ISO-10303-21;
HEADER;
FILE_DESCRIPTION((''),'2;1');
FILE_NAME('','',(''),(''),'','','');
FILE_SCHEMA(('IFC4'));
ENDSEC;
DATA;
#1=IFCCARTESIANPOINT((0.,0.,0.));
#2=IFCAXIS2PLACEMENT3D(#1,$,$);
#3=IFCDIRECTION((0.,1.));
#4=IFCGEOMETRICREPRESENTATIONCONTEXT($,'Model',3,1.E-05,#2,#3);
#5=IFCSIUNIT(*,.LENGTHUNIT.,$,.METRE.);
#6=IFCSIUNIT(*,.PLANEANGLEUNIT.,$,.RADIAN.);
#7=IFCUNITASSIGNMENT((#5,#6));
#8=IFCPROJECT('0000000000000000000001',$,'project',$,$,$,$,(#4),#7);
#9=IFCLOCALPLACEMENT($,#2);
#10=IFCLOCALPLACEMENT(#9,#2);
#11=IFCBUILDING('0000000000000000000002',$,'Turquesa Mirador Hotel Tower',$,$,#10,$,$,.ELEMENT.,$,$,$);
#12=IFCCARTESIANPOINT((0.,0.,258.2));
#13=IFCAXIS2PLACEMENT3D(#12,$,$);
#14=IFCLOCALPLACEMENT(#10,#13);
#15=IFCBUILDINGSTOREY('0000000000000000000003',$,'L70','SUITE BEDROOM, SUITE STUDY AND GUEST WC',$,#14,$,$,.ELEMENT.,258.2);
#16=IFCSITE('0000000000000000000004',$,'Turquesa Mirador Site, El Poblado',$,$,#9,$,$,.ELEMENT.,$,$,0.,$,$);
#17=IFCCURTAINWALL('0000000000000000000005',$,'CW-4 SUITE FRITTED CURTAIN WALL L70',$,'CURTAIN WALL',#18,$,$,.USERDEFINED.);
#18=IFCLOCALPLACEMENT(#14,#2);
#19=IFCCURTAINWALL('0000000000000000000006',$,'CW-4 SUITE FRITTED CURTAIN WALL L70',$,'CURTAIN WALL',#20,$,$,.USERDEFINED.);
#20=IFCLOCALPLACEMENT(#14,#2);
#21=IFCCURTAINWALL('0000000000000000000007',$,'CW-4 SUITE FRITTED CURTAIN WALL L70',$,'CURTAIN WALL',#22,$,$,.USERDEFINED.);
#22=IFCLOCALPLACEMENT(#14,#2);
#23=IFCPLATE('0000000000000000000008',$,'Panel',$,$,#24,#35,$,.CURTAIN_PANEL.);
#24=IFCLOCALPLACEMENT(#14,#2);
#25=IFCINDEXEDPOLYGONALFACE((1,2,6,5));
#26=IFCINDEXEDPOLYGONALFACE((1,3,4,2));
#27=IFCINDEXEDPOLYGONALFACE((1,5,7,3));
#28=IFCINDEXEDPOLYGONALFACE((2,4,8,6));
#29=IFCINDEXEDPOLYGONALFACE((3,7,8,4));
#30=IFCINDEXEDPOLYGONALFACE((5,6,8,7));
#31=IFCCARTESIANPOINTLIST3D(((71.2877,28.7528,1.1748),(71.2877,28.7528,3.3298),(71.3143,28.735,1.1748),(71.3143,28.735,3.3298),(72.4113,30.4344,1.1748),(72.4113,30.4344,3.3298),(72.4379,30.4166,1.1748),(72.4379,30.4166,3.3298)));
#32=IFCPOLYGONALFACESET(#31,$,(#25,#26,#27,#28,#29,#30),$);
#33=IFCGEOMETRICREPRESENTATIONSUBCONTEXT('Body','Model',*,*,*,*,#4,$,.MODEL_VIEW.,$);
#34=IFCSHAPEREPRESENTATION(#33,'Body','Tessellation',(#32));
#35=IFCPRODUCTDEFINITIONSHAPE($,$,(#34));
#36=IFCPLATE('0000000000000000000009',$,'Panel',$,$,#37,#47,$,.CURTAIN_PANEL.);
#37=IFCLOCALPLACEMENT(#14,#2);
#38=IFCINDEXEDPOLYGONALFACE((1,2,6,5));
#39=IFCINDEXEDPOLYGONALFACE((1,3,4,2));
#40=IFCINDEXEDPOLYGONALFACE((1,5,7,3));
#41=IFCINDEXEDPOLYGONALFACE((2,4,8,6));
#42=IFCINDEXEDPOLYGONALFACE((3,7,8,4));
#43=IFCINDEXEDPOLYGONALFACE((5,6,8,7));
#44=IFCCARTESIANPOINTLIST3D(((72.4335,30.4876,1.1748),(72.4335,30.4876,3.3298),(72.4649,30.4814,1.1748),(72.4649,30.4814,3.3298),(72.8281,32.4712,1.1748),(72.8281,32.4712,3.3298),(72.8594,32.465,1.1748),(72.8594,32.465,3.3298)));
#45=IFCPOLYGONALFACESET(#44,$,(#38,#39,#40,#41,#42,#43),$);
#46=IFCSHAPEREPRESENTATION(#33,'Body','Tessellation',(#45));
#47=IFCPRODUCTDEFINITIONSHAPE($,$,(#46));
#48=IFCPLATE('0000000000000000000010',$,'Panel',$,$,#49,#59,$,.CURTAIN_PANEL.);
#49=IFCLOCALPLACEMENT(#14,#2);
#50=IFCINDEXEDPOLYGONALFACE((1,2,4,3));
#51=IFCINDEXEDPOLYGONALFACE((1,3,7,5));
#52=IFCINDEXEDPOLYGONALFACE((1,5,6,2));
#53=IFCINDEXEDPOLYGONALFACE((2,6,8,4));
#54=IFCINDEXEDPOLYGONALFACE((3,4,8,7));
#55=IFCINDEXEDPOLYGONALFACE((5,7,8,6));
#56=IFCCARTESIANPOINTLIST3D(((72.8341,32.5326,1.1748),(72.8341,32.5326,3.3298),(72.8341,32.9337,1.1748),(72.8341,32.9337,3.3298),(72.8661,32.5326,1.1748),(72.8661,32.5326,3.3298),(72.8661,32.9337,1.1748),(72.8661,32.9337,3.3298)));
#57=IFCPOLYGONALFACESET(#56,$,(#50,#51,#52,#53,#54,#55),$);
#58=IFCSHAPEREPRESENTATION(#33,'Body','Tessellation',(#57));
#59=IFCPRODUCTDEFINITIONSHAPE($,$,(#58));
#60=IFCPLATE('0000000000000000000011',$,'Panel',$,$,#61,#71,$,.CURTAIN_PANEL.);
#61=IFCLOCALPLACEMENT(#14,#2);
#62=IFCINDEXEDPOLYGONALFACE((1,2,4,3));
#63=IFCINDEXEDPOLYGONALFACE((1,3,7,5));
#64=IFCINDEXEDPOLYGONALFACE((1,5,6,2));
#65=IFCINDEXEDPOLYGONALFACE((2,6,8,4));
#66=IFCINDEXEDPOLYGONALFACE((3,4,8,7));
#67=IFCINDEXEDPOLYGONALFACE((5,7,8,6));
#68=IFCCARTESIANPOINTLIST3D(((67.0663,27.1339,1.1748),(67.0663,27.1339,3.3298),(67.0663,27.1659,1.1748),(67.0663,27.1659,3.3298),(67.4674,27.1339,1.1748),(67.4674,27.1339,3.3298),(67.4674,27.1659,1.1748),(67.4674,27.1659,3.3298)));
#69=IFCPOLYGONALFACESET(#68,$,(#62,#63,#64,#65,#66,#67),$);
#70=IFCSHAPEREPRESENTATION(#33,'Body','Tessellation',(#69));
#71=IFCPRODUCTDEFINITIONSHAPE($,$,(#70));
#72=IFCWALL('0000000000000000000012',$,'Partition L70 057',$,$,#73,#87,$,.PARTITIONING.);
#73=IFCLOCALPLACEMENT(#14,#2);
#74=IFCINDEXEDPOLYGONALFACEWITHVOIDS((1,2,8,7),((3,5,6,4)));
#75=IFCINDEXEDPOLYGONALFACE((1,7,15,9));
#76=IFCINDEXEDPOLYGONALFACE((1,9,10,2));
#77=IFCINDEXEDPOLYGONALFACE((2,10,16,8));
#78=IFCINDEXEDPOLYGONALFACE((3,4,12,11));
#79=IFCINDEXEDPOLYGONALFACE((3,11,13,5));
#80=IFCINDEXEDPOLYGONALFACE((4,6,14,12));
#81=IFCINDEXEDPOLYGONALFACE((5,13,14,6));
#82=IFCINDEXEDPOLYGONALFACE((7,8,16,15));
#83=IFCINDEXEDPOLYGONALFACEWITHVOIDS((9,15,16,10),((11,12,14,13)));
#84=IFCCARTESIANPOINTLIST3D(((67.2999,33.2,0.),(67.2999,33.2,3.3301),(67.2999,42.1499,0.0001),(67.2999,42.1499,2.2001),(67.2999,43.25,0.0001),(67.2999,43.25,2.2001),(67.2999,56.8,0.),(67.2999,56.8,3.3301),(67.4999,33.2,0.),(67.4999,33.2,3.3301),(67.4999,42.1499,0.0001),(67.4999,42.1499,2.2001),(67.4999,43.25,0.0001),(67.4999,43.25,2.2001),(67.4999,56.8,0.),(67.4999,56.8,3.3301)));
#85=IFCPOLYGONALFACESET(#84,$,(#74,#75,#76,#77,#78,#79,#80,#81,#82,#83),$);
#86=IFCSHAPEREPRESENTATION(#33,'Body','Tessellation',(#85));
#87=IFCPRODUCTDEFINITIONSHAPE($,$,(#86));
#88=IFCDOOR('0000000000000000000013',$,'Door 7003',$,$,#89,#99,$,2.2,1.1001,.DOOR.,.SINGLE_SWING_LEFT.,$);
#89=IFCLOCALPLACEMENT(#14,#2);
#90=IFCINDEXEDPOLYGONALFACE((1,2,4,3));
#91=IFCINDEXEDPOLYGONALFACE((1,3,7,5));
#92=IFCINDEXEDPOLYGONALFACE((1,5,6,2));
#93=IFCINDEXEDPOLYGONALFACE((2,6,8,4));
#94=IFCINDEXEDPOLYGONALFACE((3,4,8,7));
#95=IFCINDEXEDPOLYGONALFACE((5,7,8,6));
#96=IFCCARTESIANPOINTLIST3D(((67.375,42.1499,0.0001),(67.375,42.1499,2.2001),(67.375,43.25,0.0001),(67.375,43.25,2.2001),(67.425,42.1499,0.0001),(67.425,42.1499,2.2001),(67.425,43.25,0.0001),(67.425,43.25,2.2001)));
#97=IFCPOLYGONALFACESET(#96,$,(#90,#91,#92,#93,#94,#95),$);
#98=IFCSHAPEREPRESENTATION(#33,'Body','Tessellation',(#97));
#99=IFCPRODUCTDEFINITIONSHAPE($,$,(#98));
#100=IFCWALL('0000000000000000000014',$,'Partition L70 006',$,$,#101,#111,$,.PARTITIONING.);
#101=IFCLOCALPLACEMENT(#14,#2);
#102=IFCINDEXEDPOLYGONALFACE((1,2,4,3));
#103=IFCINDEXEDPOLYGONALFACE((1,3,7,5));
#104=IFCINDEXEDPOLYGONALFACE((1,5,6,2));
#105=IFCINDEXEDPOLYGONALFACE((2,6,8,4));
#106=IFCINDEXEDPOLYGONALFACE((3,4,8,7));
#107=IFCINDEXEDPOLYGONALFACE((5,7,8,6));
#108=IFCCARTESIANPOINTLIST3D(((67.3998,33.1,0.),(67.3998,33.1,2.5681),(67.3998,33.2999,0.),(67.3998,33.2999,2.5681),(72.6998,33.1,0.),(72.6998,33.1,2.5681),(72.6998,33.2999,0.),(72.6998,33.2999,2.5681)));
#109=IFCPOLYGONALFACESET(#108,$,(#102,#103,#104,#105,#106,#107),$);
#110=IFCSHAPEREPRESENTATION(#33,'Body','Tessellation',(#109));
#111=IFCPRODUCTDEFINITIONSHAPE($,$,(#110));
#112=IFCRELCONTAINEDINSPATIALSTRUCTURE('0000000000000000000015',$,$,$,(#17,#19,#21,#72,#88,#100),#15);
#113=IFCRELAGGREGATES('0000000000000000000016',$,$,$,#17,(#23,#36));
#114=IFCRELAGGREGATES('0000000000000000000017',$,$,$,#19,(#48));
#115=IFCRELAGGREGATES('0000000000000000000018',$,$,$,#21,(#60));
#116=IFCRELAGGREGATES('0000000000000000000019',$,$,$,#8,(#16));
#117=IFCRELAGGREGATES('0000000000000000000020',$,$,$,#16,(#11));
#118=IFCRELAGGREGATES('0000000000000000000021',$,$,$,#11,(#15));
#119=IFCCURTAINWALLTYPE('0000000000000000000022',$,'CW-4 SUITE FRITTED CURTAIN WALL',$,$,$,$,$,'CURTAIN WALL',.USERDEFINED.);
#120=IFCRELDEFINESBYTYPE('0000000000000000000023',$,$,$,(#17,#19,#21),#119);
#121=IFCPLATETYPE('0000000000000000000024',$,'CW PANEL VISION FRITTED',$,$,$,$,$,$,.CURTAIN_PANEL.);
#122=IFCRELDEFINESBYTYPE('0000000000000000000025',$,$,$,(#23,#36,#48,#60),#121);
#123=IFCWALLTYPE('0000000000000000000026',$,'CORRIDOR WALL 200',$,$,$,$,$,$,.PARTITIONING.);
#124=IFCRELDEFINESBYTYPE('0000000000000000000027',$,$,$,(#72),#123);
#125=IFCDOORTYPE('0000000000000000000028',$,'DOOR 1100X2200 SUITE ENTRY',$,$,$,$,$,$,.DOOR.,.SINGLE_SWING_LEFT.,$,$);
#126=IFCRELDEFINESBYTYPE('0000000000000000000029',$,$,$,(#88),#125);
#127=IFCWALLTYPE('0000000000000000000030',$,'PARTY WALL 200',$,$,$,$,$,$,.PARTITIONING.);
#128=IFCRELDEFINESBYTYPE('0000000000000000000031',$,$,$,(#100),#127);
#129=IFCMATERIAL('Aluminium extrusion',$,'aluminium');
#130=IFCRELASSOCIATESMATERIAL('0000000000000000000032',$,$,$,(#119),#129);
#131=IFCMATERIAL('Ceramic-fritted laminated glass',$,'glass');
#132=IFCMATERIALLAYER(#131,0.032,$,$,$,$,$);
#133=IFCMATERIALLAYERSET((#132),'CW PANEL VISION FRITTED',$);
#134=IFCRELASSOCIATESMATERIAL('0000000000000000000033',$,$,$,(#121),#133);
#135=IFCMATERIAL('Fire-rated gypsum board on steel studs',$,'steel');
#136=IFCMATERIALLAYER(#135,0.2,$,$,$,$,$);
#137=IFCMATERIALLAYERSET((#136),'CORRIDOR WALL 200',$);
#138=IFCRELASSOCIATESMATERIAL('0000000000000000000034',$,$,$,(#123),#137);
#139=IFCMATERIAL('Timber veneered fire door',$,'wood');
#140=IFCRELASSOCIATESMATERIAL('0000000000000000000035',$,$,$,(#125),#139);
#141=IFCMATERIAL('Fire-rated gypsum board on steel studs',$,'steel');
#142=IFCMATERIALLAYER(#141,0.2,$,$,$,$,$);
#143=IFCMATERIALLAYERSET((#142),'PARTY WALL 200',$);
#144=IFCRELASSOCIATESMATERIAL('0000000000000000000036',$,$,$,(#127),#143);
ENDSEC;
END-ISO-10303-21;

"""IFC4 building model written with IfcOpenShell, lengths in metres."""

from ifc_helpers import new_model, si_unit, direction, frame, frame_2d, origin, origin_2d, place, context, subcontext, project, spatial, rectangle, extrude, material, layer, layer_set, type_object, element, fill, aggregate, save


model = new_model("IFC4")

# Units and contexts
model_context = context("Model", 3, precision=1e-05, world=origin(), true_north=direction((0.0, 1.0)))
body_context = subcontext(model_context, "Body", "Model", "MODEL_VIEW")
ifc_project = project(units=[si_unit("LENGTHUNIT", "METRE"), si_unit("PLANEANGLEUNIT", "RADIAN")], contexts=[model_context])

# Site, building, storey
site_placement = place(None, origin())
site = spatial("IfcSite", under=ifc_project, at=site_placement, Name="Turquesa Mirador Site, El Poblado", CompositionType="ELEMENT", RefElevation=0.0)
building_placement = place(site_placement, origin())
building = spatial("IfcBuilding", under=site, at=building_placement, Name="Turquesa Mirador Hotel Tower", CompositionType="ELEMENT")
storey_placement = place(building_placement, frame((0.0, 0.0, 258.2)))
storey = spatial("IfcBuildingStorey", under=building, at=storey_placement, Name="L70", Description="SUITE BEDROOM, SUITE STUDY AND GUEST WC", CompositionType="ELEMENT", Elevation=258.2)

# Curtain walls
ifc_material_1 = material(Name="Aluminium extrusion", Category="aluminium")
curtain_wall_type = type_object("IfcCurtainWallType", Name="CW-4 SUITE FRITTED CURTAIN WALL", ElementType="CURTAIN WALL", PredefinedType="USERDEFINED", material=ifc_material_1)
curtain_wall_1_placement = place(storey_placement, origin())
curtain_wall_1 = element("IfcCurtainWall", 1, at=curtain_wall_1_placement, inside=storey, type_object=curtain_wall_type, Name="CW-4 SUITE FRITTED CURTAIN WALL L70", ObjectType="CURTAIN WALL", PredefinedType="USERDEFINED")
curtain_wall_2_placement = place(storey_placement, origin())
curtain_wall_2 = element("IfcCurtainWall", 2, at=curtain_wall_2_placement, inside=storey, type_object=curtain_wall_type, Name="CW-4 SUITE FRITTED CURTAIN WALL L70", ObjectType="CURTAIN WALL", PredefinedType="USERDEFINED")

# Curtain wall
curtain_wall_3_placement = place(storey_placement, origin())
curtain_wall_3 = element("IfcCurtainWall", 3, at=curtain_wall_3_placement, inside=storey, type_object=curtain_wall_type, Name="CW-4 SUITE FRITTED CURTAIN WALL L70", ObjectType="CURTAIN WALL", PredefinedType="USERDEFINED")

# Plates
ifc_material_2 = material(Name="Ceramic-fritted laminated glass", Category="glass")
ifc_layer_1 = layer(ifc_material_2, 0.032)
ifc_layer_set_1 = layer_set([ifc_layer_1], Name="CW PANEL VISION FRITTED")
plate_type_1 = type_object("IfcPlateType", Name="CW PANEL VISION FRITTED", PredefinedType="CURTAIN_PANEL", material=ifc_layer_set_1)
plate_1_placement = place(storey_placement, frame((71.8628, 29.5847, 1.1748), z_axis=(0.0, 0.0, 1.0), x_axis=(0.55557, 0.83147, 0.0)))
plate_1 = element("IfcPlate", 4, at=plate_1_placement, type_object=plate_type_1, Name="Panel", PredefinedType="CURTAIN_PANEL", context=body_context, shape_type="SweptSolid", body=[
    extrude(rectangle(XDim=2.0225, YDim=0.032, at=origin_2d()), origin(), (0.0, 0.0, 1.0), 2.155),
])
plate_2_placement = place(storey_placement, frame((72.6465, 31.4763, 1.1748), z_axis=(0.0, 0.0, 1.0), x_axis=(0.195091, 0.980785, 0.0)))
plate_2 = element("IfcPlate", 5, at=plate_2_placement, type_object=plate_type_1, Name="Panel", PredefinedType="CURTAIN_PANEL", context=body_context, shape_type="SweptSolid", body=[
    extrude(rectangle(XDim=2.0225, YDim=0.032, at=origin_2d()), origin(), (0.0, 0.0, 1.0), 2.155),
])
aggregate(curtain_wall_1, [plate_1, plate_2])
plate_3_placement = place(storey_placement, frame((72.8501, 32.7332, 1.1748), z_axis=(0.0, 0.0, 1.0), x_axis=(0.0, 1.0, 0.0)))
plate_3 = element("IfcPlate", 6, at=plate_3_placement, type_object=plate_type_1, Name="Panel", PredefinedType="CURTAIN_PANEL", context=body_context, shape_type="SweptSolid", body=[
    extrude(rectangle(XDim=0.4011, YDim=0.032, at=origin_2d()), origin(), (0.0, 0.0, 1.0), 2.155),
])
aggregate(curtain_wall_2, [plate_3])
plate_4_placement = place(storey_placement, frame((67.2668, 27.1499, 1.1748), z_axis=(0.0, 0.0, 1.0), x_axis=(1.0, 0.0, 0.0)))
plate_4 = element("IfcPlate", 7, at=plate_4_placement, type_object=plate_type_1, Name="Panel", PredefinedType="CURTAIN_PANEL", context=body_context, shape_type="SweptSolid", body=[
    extrude(rectangle(XDim=0.4011, YDim=0.032, at=origin_2d()), origin(), (0.0, 0.0, 1.0), 2.155),
])
aggregate(curtain_wall_3, [plate_4])

# Wall, opening, door
ifc_material_3 = material(Name="Fire-rated gypsum board on steel studs", Category="steel")
ifc_layer_2 = layer(ifc_material_3, 0.2)
ifc_layer_set_2 = layer_set([ifc_layer_2], Name="CORRIDOR WALL 200")
wall_type_1 = type_object("IfcWallType", Name="CORRIDOR WALL 200", PredefinedType="PARTITIONING", material=ifc_layer_set_2)
wall_1_placement = place(storey_placement, frame((67.3999, 33.2, 0.0), z_axis=(0.0, 0.0, 1.0), x_axis=(0.0, 1.0, 0.0)))
wall_1 = element("IfcWall", 8, at=wall_1_placement, inside=storey, type_object=wall_type_1, Name="Partition L70 057", PredefinedType="PARTITIONING", context=body_context, shape_type="SweptSolid", body=[
    extrude(rectangle(XDim=23.6001, YDim=0.2, at=frame_2d((11.8, 0.0))), origin(), (0.0, 0.0, 1.0), 3.3301),
])
opening_placement = place(wall_1_placement, frame((8.95, 0.0, 0.0)))
opening = element("IfcOpeningElement", 9, at=opening_placement, cuts=wall_1, PredefinedType="OPENING", context=body_context, shape_type="SweptSolid", body=[
    extrude(rectangle(XDim=1.1001, YDim=2.2, at=frame_2d((0.55, 1.1001))), frame((0.0, 0.1099, 0.0), z_axis=(0.0, -1.0, 0.0), x_axis=(1.0, 0.0, 0.0)), (0.0, 0.0, 1.0), 0.22),
])
ifc_material_4 = material(Name="Timber veneered fire door", Category="wood")
door_type = type_object("IfcDoorType", Name="DOOR 1100X2200 SUITE ENTRY", OperationType="SINGLE_SWING_LEFT", PredefinedType="DOOR", material=ifc_material_4)
door_placement = place(opening_placement, origin())
door = element("IfcDoor", 10, at=door_placement, inside=storey, type_object=door_type, Name="Door 7003", OperationType="SINGLE_SWING_LEFT", OverallHeight=2.2, OverallWidth=1.1001, PredefinedType="DOOR", context=body_context, shape_type="SweptSolid", body=[
    extrude(rectangle(XDim=1.1001, YDim=2.2, at=frame_2d((0.55, 1.1001))), frame((0.0, 0.0249, 0.0), z_axis=(0.0, -1.0, 0.0), x_axis=(1.0, 0.0, 0.0)), (0.0, 0.0, 1.0), 0.05),
])
fill(opening, door)

# Wall
ifc_material_5 = material(Name="Fire-rated gypsum board on steel studs", Category="steel")
ifc_layer_3 = layer(ifc_material_5, 0.2)
ifc_layer_set_3 = layer_set([ifc_layer_3], Name="PARTY WALL 200")
wall_type_2 = type_object("IfcWallType", Name="PARTY WALL 200", PredefinedType="PARTITIONING", material=ifc_layer_set_3)
wall_2_placement = place(storey_placement, frame((67.3999, 33.2, 0.0), z_axis=(0.0, 0.0, 1.0), x_axis=(1.0, 0.0, 0.0)))
element("IfcWall", 11, at=wall_2_placement, inside=storey, type_object=wall_type_2, Name="Partition L70 006", PredefinedType="PARTITIONING", context=body_context, shape_type="SweptSolid", body=[
    extrude(rectangle(XDim=5.3, YDim=0.2, at=frame_2d((2.6499, 0.0))), origin(), (0.0, 0.0, 1.0), 2.5681),
])

save(model, "model.ifc")
